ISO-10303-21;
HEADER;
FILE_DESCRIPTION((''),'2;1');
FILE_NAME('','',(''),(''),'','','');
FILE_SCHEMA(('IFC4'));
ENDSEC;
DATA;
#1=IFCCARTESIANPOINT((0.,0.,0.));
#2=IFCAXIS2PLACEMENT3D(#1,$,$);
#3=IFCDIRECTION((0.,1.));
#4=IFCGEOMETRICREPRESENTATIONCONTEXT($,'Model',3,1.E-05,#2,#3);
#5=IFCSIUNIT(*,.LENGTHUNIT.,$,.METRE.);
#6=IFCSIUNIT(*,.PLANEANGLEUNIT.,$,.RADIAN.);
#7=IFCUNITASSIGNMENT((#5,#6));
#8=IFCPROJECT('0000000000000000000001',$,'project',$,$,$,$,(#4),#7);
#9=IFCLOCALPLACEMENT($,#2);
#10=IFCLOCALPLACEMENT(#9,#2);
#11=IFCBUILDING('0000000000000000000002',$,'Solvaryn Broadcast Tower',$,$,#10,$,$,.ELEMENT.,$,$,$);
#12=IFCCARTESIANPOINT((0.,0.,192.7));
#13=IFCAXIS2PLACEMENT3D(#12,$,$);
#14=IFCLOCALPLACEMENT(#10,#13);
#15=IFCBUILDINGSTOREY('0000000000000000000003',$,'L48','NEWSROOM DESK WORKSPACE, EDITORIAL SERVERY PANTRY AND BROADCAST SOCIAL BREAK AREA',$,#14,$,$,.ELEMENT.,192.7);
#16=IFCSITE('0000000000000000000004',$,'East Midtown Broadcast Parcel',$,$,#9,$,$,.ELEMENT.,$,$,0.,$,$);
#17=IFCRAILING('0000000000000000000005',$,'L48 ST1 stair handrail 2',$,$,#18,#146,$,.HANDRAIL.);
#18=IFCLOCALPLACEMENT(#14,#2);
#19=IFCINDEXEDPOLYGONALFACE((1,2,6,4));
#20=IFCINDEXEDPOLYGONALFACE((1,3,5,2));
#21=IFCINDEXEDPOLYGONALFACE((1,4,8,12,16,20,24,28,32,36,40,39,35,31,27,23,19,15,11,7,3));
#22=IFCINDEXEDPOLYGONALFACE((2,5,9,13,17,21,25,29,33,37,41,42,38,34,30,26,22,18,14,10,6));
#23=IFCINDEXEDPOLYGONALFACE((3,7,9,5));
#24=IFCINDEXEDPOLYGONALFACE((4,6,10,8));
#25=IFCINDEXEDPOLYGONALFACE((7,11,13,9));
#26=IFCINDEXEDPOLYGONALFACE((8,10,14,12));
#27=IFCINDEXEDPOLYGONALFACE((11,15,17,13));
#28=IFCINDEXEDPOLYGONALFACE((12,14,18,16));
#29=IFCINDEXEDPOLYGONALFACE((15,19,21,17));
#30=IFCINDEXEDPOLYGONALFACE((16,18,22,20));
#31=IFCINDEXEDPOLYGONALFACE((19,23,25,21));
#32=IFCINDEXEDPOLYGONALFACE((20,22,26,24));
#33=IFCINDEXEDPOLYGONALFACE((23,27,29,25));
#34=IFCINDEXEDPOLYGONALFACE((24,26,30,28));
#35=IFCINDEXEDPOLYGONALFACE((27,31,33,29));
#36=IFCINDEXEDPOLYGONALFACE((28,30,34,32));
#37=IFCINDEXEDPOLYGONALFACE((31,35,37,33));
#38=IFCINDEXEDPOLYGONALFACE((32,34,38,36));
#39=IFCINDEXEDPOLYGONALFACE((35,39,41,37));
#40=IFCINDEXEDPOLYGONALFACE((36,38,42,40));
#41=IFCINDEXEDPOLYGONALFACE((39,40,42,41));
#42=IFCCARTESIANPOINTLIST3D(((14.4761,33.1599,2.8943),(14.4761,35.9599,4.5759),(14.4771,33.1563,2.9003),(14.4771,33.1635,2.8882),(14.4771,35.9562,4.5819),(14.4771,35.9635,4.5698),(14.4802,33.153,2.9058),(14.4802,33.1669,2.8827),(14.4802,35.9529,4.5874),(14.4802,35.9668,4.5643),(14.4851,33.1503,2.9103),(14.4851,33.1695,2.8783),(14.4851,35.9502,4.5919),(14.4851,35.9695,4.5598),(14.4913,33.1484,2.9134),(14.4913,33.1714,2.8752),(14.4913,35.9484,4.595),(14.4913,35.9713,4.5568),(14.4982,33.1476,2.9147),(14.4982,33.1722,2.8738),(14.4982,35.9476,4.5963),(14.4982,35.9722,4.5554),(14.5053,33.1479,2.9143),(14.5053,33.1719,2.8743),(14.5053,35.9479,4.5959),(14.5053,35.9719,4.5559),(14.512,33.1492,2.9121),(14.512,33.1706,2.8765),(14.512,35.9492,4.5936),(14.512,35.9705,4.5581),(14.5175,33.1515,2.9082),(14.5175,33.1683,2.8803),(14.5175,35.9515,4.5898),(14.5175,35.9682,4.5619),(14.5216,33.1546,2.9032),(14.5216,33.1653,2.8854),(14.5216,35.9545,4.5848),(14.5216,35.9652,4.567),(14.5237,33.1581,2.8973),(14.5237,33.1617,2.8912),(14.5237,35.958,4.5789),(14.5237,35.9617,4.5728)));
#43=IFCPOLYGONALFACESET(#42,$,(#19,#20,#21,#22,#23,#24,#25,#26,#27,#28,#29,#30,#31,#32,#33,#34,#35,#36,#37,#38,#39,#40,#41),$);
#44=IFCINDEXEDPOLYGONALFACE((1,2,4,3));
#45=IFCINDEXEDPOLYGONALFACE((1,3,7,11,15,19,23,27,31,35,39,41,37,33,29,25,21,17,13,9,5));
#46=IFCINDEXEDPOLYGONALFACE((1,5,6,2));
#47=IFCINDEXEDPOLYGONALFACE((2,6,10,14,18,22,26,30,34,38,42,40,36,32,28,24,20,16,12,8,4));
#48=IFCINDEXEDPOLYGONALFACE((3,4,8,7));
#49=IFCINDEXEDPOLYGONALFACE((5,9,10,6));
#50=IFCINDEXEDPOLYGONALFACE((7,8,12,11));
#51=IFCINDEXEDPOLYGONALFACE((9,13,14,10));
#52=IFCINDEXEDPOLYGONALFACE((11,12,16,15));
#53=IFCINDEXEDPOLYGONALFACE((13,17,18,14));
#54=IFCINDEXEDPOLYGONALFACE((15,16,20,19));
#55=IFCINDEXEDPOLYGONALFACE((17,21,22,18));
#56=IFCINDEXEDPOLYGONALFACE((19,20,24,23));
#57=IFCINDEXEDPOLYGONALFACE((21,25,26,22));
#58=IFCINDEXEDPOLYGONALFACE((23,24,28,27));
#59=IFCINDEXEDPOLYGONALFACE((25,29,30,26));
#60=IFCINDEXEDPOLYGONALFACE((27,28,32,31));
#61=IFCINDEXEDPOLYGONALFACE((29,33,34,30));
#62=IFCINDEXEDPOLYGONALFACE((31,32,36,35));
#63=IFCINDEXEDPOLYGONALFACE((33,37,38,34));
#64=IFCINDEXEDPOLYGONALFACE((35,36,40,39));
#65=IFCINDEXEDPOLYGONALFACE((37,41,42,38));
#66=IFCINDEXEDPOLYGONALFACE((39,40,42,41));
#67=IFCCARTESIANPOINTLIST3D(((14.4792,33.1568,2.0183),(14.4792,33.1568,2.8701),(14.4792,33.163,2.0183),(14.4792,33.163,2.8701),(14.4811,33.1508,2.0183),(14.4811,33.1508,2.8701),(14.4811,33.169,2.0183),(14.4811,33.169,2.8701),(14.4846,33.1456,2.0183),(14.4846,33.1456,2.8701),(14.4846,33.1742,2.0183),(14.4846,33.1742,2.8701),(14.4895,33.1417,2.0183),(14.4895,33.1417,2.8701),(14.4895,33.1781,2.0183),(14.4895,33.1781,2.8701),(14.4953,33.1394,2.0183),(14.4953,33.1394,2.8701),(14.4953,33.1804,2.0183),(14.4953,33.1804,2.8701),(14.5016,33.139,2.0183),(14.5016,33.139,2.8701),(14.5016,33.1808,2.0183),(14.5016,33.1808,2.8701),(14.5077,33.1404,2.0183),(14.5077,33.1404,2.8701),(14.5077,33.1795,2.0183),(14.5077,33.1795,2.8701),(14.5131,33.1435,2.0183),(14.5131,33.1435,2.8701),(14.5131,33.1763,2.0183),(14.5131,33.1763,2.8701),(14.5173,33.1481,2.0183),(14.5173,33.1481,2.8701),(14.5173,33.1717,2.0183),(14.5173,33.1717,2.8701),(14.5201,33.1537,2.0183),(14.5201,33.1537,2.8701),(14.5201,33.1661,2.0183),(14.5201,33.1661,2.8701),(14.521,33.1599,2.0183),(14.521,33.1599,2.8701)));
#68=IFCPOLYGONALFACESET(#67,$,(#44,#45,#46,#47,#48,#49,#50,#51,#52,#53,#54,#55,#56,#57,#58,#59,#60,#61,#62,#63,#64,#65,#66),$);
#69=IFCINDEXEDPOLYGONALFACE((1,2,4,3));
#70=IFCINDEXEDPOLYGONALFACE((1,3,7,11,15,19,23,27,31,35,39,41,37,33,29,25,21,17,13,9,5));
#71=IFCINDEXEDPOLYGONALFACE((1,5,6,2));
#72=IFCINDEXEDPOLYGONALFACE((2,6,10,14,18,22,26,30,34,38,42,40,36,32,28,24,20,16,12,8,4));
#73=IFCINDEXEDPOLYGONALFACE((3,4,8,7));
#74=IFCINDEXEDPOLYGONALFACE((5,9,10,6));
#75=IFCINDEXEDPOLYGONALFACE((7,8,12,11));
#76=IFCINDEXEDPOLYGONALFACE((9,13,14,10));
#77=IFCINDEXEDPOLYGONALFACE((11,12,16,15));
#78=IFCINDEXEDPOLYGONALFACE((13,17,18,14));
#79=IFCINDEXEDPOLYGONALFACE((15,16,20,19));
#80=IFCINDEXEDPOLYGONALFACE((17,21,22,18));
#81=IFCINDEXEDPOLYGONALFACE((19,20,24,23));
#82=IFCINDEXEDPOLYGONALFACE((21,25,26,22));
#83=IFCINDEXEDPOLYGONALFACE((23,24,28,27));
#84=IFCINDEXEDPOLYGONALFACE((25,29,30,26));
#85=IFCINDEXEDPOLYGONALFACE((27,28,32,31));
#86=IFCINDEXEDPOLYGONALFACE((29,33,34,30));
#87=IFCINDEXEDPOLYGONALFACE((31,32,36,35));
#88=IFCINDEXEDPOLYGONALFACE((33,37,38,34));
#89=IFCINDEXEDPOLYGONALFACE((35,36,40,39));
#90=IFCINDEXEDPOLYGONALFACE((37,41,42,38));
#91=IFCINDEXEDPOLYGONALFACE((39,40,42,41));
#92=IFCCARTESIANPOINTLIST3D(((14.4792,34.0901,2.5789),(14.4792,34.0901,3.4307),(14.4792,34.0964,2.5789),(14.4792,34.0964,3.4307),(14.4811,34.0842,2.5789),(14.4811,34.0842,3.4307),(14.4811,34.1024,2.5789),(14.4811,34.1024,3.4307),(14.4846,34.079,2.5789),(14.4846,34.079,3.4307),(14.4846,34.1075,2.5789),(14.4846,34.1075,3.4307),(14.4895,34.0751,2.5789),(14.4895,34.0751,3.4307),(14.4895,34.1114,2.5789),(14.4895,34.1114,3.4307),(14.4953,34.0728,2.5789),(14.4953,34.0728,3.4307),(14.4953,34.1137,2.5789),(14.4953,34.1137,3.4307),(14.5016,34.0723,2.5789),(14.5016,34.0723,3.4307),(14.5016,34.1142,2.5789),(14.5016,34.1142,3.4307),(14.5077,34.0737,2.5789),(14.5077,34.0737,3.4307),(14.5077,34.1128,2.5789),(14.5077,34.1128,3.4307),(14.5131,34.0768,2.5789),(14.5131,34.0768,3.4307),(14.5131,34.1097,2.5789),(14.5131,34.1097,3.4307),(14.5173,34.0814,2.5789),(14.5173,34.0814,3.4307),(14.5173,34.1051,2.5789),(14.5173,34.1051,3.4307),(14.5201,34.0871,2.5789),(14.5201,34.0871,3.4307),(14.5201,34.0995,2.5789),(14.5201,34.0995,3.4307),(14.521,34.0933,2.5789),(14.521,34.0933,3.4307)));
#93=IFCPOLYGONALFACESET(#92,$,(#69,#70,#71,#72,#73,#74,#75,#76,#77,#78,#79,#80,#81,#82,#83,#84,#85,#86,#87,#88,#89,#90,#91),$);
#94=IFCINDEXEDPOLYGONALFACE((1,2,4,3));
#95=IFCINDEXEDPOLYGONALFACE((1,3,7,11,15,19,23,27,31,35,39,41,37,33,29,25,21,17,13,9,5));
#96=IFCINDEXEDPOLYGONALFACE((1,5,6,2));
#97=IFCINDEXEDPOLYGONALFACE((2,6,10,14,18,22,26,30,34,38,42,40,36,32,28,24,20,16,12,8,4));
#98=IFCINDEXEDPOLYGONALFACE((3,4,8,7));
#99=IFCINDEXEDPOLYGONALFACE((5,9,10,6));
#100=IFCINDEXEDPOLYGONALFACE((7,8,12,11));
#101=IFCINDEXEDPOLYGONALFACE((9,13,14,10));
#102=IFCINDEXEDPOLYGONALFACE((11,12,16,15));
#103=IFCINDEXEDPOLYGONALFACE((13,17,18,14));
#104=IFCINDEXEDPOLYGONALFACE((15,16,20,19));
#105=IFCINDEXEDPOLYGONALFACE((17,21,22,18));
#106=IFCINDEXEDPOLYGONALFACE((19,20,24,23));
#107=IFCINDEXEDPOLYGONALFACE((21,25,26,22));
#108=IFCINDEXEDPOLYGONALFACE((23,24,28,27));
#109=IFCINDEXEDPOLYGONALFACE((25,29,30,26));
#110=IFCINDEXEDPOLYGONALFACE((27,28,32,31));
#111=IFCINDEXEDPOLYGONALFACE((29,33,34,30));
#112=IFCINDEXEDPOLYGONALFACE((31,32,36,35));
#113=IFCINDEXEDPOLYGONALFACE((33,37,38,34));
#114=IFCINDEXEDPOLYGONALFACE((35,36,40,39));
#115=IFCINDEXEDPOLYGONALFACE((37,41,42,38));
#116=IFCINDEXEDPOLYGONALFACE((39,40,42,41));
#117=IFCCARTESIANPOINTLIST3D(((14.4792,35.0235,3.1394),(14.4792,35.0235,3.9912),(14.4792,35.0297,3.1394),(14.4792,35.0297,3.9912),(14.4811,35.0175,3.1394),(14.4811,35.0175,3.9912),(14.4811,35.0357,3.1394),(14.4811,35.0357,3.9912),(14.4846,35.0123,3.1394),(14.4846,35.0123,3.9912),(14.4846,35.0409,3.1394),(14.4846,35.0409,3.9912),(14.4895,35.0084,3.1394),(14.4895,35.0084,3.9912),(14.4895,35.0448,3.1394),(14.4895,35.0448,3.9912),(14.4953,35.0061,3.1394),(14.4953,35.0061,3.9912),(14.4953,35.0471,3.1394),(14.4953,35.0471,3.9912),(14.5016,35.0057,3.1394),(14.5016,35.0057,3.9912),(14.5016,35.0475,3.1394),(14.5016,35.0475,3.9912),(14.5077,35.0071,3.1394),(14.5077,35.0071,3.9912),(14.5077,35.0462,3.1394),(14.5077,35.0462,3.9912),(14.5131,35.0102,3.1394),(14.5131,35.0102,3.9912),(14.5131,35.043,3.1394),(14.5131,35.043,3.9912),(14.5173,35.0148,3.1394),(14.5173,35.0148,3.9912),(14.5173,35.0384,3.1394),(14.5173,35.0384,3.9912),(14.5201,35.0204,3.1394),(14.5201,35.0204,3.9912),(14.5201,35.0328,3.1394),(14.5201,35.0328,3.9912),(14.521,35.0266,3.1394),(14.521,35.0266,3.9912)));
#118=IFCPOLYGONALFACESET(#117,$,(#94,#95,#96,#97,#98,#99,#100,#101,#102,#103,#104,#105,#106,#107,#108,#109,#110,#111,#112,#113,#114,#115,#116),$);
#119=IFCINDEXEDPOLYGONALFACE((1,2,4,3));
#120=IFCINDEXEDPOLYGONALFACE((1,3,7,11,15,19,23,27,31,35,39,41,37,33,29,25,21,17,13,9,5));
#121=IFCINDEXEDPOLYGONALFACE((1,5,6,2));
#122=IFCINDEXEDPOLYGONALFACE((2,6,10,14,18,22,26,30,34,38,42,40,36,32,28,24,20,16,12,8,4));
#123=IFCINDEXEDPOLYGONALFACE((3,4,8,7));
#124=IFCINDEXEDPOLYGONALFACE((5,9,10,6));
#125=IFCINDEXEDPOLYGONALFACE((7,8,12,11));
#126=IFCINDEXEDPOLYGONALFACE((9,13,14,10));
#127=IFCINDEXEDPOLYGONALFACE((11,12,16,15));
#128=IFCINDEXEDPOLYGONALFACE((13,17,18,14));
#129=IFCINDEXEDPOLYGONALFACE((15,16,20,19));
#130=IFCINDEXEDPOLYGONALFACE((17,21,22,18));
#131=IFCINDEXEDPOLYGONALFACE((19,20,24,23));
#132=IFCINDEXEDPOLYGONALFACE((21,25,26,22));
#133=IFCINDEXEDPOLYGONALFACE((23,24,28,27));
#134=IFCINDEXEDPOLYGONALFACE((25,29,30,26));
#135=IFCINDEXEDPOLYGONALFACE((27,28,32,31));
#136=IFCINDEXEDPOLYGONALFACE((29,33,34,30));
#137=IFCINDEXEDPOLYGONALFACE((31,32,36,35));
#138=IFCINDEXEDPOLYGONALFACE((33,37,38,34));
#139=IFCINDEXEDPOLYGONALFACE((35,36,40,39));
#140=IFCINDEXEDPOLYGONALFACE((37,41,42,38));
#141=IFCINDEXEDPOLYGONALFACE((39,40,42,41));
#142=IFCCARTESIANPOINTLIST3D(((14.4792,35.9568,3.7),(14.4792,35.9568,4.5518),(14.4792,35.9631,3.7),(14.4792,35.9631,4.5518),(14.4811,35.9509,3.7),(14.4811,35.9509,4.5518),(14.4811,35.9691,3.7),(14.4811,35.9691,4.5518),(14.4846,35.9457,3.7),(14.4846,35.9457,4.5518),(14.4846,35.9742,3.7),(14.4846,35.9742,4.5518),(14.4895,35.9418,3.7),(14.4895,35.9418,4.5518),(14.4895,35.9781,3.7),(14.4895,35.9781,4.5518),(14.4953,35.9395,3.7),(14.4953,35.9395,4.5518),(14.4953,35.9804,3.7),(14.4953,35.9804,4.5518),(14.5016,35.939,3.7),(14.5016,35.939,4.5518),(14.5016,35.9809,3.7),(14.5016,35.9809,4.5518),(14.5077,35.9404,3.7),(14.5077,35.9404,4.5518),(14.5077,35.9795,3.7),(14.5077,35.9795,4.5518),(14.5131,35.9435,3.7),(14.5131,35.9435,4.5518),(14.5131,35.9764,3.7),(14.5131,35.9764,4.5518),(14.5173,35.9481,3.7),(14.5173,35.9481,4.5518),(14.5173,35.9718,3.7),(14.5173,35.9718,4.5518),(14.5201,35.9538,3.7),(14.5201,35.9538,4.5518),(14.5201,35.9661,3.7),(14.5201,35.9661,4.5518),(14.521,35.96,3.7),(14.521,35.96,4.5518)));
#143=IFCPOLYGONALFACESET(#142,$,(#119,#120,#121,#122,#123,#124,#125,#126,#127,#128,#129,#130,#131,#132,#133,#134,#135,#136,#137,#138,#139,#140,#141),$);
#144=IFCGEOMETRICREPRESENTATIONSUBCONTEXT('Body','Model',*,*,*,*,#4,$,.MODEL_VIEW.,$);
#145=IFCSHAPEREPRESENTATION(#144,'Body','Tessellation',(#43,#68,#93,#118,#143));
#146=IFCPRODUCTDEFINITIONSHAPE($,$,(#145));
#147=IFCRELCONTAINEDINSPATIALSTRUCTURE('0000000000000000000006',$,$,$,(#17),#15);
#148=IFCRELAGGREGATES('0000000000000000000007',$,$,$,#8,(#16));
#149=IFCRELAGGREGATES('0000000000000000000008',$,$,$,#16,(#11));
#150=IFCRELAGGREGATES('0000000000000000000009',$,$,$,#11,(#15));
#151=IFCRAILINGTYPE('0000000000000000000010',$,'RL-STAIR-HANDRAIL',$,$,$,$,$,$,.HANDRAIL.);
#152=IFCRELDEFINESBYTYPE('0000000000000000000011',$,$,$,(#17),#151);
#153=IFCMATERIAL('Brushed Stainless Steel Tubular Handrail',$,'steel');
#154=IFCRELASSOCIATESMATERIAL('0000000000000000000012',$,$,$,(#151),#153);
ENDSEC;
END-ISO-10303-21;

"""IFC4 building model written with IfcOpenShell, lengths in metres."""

from ifc_helpers import new_model, si_unit, direction, frame, origin, origin_2d, place, context, subcontext, project, spatial, circle, extrude, material, type_object, element, save


model = new_model("IFC4")

# Units and contexts
model_context = context("Model", 3, precision=1e-05, world=origin(), true_north=direction((0.0, 1.0)))
body_context = subcontext(model_context, "Body", "Model", "MODEL_VIEW")
ifc_project = project(units=[si_unit("LENGTHUNIT", "METRE"), si_unit("PLANEANGLEUNIT", "RADIAN")], contexts=[model_context])

# Site, building, storey
site_placement = place(None, origin())
site = spatial("IfcSite", under=ifc_project, at=site_placement, Name="East Midtown Broadcast Parcel", CompositionType="ELEMENT", RefElevation=0.0)
building_placement = place(site_placement, origin())
building = spatial("IfcBuilding", under=site, at=building_placement, Name="Solvaryn Broadcast Tower", CompositionType="ELEMENT")
storey_placement = place(building_placement, frame((0.0, 0.0, 192.7)))
storey = spatial("IfcBuildingStorey", under=building, at=storey_placement, Name="L48", Description="NEWSROOM DESK WORKSPACE, EDITORIAL SERVERY PANTRY AND BROADCAST SOCIAL BREAK AREA", CompositionType="ELEMENT", Elevation=192.7)

# Railing
ifc_material_1 = material(Name="Brushed Stainless Steel Tubular Handrail", Category="steel")
railing_type_1 = type_object("IfcRailingType", Name="RL-STAIR-HANDRAIL", PredefinedType="HANDRAIL", material=ifc_material_1)
railing_1_placement = place(storey_placement, frame((14.5, 33.1599, 2.0183)))
element("IfcRailing", 1, at=railing_1_placement, inside=storey, type_object=railing_type_1, Name="L48 ST1 stair handrail 2", PredefinedType="HANDRAIL", context=body_context, shape_type="SweptSolid", body=[
    extrude(circle(Radius=0.0239, at=origin_2d()), frame((0.0, 0.0, 0.876), z_axis=(0.0, 0.857275, 0.514858), x_axis=(-1.0, 0.0, 0.0)), (0.0, 0.0, 1.0), 3.2661),
    extrude(circle(Radius=0.021, at=origin_2d()), origin(), (0.0, 0.0, 1.0), 0.8518),
    extrude(circle(Radius=0.021, at=origin_2d()), frame((0.0, 0.9333, 0.5605)), (0.0, 0.0, 1.0), 0.8518),
    extrude(circle(Radius=0.021, at=origin_2d()), frame((0.0, 1.8667, 1.1211)), (0.0, 0.0, 1.0), 0.8518),
    extrude(circle(Radius=0.021, at=origin_2d()), frame((0.0, 2.8, 1.6816)), (0.0, 0.0, 1.0), 0.8518),
])

save(model, "model.ifc")
